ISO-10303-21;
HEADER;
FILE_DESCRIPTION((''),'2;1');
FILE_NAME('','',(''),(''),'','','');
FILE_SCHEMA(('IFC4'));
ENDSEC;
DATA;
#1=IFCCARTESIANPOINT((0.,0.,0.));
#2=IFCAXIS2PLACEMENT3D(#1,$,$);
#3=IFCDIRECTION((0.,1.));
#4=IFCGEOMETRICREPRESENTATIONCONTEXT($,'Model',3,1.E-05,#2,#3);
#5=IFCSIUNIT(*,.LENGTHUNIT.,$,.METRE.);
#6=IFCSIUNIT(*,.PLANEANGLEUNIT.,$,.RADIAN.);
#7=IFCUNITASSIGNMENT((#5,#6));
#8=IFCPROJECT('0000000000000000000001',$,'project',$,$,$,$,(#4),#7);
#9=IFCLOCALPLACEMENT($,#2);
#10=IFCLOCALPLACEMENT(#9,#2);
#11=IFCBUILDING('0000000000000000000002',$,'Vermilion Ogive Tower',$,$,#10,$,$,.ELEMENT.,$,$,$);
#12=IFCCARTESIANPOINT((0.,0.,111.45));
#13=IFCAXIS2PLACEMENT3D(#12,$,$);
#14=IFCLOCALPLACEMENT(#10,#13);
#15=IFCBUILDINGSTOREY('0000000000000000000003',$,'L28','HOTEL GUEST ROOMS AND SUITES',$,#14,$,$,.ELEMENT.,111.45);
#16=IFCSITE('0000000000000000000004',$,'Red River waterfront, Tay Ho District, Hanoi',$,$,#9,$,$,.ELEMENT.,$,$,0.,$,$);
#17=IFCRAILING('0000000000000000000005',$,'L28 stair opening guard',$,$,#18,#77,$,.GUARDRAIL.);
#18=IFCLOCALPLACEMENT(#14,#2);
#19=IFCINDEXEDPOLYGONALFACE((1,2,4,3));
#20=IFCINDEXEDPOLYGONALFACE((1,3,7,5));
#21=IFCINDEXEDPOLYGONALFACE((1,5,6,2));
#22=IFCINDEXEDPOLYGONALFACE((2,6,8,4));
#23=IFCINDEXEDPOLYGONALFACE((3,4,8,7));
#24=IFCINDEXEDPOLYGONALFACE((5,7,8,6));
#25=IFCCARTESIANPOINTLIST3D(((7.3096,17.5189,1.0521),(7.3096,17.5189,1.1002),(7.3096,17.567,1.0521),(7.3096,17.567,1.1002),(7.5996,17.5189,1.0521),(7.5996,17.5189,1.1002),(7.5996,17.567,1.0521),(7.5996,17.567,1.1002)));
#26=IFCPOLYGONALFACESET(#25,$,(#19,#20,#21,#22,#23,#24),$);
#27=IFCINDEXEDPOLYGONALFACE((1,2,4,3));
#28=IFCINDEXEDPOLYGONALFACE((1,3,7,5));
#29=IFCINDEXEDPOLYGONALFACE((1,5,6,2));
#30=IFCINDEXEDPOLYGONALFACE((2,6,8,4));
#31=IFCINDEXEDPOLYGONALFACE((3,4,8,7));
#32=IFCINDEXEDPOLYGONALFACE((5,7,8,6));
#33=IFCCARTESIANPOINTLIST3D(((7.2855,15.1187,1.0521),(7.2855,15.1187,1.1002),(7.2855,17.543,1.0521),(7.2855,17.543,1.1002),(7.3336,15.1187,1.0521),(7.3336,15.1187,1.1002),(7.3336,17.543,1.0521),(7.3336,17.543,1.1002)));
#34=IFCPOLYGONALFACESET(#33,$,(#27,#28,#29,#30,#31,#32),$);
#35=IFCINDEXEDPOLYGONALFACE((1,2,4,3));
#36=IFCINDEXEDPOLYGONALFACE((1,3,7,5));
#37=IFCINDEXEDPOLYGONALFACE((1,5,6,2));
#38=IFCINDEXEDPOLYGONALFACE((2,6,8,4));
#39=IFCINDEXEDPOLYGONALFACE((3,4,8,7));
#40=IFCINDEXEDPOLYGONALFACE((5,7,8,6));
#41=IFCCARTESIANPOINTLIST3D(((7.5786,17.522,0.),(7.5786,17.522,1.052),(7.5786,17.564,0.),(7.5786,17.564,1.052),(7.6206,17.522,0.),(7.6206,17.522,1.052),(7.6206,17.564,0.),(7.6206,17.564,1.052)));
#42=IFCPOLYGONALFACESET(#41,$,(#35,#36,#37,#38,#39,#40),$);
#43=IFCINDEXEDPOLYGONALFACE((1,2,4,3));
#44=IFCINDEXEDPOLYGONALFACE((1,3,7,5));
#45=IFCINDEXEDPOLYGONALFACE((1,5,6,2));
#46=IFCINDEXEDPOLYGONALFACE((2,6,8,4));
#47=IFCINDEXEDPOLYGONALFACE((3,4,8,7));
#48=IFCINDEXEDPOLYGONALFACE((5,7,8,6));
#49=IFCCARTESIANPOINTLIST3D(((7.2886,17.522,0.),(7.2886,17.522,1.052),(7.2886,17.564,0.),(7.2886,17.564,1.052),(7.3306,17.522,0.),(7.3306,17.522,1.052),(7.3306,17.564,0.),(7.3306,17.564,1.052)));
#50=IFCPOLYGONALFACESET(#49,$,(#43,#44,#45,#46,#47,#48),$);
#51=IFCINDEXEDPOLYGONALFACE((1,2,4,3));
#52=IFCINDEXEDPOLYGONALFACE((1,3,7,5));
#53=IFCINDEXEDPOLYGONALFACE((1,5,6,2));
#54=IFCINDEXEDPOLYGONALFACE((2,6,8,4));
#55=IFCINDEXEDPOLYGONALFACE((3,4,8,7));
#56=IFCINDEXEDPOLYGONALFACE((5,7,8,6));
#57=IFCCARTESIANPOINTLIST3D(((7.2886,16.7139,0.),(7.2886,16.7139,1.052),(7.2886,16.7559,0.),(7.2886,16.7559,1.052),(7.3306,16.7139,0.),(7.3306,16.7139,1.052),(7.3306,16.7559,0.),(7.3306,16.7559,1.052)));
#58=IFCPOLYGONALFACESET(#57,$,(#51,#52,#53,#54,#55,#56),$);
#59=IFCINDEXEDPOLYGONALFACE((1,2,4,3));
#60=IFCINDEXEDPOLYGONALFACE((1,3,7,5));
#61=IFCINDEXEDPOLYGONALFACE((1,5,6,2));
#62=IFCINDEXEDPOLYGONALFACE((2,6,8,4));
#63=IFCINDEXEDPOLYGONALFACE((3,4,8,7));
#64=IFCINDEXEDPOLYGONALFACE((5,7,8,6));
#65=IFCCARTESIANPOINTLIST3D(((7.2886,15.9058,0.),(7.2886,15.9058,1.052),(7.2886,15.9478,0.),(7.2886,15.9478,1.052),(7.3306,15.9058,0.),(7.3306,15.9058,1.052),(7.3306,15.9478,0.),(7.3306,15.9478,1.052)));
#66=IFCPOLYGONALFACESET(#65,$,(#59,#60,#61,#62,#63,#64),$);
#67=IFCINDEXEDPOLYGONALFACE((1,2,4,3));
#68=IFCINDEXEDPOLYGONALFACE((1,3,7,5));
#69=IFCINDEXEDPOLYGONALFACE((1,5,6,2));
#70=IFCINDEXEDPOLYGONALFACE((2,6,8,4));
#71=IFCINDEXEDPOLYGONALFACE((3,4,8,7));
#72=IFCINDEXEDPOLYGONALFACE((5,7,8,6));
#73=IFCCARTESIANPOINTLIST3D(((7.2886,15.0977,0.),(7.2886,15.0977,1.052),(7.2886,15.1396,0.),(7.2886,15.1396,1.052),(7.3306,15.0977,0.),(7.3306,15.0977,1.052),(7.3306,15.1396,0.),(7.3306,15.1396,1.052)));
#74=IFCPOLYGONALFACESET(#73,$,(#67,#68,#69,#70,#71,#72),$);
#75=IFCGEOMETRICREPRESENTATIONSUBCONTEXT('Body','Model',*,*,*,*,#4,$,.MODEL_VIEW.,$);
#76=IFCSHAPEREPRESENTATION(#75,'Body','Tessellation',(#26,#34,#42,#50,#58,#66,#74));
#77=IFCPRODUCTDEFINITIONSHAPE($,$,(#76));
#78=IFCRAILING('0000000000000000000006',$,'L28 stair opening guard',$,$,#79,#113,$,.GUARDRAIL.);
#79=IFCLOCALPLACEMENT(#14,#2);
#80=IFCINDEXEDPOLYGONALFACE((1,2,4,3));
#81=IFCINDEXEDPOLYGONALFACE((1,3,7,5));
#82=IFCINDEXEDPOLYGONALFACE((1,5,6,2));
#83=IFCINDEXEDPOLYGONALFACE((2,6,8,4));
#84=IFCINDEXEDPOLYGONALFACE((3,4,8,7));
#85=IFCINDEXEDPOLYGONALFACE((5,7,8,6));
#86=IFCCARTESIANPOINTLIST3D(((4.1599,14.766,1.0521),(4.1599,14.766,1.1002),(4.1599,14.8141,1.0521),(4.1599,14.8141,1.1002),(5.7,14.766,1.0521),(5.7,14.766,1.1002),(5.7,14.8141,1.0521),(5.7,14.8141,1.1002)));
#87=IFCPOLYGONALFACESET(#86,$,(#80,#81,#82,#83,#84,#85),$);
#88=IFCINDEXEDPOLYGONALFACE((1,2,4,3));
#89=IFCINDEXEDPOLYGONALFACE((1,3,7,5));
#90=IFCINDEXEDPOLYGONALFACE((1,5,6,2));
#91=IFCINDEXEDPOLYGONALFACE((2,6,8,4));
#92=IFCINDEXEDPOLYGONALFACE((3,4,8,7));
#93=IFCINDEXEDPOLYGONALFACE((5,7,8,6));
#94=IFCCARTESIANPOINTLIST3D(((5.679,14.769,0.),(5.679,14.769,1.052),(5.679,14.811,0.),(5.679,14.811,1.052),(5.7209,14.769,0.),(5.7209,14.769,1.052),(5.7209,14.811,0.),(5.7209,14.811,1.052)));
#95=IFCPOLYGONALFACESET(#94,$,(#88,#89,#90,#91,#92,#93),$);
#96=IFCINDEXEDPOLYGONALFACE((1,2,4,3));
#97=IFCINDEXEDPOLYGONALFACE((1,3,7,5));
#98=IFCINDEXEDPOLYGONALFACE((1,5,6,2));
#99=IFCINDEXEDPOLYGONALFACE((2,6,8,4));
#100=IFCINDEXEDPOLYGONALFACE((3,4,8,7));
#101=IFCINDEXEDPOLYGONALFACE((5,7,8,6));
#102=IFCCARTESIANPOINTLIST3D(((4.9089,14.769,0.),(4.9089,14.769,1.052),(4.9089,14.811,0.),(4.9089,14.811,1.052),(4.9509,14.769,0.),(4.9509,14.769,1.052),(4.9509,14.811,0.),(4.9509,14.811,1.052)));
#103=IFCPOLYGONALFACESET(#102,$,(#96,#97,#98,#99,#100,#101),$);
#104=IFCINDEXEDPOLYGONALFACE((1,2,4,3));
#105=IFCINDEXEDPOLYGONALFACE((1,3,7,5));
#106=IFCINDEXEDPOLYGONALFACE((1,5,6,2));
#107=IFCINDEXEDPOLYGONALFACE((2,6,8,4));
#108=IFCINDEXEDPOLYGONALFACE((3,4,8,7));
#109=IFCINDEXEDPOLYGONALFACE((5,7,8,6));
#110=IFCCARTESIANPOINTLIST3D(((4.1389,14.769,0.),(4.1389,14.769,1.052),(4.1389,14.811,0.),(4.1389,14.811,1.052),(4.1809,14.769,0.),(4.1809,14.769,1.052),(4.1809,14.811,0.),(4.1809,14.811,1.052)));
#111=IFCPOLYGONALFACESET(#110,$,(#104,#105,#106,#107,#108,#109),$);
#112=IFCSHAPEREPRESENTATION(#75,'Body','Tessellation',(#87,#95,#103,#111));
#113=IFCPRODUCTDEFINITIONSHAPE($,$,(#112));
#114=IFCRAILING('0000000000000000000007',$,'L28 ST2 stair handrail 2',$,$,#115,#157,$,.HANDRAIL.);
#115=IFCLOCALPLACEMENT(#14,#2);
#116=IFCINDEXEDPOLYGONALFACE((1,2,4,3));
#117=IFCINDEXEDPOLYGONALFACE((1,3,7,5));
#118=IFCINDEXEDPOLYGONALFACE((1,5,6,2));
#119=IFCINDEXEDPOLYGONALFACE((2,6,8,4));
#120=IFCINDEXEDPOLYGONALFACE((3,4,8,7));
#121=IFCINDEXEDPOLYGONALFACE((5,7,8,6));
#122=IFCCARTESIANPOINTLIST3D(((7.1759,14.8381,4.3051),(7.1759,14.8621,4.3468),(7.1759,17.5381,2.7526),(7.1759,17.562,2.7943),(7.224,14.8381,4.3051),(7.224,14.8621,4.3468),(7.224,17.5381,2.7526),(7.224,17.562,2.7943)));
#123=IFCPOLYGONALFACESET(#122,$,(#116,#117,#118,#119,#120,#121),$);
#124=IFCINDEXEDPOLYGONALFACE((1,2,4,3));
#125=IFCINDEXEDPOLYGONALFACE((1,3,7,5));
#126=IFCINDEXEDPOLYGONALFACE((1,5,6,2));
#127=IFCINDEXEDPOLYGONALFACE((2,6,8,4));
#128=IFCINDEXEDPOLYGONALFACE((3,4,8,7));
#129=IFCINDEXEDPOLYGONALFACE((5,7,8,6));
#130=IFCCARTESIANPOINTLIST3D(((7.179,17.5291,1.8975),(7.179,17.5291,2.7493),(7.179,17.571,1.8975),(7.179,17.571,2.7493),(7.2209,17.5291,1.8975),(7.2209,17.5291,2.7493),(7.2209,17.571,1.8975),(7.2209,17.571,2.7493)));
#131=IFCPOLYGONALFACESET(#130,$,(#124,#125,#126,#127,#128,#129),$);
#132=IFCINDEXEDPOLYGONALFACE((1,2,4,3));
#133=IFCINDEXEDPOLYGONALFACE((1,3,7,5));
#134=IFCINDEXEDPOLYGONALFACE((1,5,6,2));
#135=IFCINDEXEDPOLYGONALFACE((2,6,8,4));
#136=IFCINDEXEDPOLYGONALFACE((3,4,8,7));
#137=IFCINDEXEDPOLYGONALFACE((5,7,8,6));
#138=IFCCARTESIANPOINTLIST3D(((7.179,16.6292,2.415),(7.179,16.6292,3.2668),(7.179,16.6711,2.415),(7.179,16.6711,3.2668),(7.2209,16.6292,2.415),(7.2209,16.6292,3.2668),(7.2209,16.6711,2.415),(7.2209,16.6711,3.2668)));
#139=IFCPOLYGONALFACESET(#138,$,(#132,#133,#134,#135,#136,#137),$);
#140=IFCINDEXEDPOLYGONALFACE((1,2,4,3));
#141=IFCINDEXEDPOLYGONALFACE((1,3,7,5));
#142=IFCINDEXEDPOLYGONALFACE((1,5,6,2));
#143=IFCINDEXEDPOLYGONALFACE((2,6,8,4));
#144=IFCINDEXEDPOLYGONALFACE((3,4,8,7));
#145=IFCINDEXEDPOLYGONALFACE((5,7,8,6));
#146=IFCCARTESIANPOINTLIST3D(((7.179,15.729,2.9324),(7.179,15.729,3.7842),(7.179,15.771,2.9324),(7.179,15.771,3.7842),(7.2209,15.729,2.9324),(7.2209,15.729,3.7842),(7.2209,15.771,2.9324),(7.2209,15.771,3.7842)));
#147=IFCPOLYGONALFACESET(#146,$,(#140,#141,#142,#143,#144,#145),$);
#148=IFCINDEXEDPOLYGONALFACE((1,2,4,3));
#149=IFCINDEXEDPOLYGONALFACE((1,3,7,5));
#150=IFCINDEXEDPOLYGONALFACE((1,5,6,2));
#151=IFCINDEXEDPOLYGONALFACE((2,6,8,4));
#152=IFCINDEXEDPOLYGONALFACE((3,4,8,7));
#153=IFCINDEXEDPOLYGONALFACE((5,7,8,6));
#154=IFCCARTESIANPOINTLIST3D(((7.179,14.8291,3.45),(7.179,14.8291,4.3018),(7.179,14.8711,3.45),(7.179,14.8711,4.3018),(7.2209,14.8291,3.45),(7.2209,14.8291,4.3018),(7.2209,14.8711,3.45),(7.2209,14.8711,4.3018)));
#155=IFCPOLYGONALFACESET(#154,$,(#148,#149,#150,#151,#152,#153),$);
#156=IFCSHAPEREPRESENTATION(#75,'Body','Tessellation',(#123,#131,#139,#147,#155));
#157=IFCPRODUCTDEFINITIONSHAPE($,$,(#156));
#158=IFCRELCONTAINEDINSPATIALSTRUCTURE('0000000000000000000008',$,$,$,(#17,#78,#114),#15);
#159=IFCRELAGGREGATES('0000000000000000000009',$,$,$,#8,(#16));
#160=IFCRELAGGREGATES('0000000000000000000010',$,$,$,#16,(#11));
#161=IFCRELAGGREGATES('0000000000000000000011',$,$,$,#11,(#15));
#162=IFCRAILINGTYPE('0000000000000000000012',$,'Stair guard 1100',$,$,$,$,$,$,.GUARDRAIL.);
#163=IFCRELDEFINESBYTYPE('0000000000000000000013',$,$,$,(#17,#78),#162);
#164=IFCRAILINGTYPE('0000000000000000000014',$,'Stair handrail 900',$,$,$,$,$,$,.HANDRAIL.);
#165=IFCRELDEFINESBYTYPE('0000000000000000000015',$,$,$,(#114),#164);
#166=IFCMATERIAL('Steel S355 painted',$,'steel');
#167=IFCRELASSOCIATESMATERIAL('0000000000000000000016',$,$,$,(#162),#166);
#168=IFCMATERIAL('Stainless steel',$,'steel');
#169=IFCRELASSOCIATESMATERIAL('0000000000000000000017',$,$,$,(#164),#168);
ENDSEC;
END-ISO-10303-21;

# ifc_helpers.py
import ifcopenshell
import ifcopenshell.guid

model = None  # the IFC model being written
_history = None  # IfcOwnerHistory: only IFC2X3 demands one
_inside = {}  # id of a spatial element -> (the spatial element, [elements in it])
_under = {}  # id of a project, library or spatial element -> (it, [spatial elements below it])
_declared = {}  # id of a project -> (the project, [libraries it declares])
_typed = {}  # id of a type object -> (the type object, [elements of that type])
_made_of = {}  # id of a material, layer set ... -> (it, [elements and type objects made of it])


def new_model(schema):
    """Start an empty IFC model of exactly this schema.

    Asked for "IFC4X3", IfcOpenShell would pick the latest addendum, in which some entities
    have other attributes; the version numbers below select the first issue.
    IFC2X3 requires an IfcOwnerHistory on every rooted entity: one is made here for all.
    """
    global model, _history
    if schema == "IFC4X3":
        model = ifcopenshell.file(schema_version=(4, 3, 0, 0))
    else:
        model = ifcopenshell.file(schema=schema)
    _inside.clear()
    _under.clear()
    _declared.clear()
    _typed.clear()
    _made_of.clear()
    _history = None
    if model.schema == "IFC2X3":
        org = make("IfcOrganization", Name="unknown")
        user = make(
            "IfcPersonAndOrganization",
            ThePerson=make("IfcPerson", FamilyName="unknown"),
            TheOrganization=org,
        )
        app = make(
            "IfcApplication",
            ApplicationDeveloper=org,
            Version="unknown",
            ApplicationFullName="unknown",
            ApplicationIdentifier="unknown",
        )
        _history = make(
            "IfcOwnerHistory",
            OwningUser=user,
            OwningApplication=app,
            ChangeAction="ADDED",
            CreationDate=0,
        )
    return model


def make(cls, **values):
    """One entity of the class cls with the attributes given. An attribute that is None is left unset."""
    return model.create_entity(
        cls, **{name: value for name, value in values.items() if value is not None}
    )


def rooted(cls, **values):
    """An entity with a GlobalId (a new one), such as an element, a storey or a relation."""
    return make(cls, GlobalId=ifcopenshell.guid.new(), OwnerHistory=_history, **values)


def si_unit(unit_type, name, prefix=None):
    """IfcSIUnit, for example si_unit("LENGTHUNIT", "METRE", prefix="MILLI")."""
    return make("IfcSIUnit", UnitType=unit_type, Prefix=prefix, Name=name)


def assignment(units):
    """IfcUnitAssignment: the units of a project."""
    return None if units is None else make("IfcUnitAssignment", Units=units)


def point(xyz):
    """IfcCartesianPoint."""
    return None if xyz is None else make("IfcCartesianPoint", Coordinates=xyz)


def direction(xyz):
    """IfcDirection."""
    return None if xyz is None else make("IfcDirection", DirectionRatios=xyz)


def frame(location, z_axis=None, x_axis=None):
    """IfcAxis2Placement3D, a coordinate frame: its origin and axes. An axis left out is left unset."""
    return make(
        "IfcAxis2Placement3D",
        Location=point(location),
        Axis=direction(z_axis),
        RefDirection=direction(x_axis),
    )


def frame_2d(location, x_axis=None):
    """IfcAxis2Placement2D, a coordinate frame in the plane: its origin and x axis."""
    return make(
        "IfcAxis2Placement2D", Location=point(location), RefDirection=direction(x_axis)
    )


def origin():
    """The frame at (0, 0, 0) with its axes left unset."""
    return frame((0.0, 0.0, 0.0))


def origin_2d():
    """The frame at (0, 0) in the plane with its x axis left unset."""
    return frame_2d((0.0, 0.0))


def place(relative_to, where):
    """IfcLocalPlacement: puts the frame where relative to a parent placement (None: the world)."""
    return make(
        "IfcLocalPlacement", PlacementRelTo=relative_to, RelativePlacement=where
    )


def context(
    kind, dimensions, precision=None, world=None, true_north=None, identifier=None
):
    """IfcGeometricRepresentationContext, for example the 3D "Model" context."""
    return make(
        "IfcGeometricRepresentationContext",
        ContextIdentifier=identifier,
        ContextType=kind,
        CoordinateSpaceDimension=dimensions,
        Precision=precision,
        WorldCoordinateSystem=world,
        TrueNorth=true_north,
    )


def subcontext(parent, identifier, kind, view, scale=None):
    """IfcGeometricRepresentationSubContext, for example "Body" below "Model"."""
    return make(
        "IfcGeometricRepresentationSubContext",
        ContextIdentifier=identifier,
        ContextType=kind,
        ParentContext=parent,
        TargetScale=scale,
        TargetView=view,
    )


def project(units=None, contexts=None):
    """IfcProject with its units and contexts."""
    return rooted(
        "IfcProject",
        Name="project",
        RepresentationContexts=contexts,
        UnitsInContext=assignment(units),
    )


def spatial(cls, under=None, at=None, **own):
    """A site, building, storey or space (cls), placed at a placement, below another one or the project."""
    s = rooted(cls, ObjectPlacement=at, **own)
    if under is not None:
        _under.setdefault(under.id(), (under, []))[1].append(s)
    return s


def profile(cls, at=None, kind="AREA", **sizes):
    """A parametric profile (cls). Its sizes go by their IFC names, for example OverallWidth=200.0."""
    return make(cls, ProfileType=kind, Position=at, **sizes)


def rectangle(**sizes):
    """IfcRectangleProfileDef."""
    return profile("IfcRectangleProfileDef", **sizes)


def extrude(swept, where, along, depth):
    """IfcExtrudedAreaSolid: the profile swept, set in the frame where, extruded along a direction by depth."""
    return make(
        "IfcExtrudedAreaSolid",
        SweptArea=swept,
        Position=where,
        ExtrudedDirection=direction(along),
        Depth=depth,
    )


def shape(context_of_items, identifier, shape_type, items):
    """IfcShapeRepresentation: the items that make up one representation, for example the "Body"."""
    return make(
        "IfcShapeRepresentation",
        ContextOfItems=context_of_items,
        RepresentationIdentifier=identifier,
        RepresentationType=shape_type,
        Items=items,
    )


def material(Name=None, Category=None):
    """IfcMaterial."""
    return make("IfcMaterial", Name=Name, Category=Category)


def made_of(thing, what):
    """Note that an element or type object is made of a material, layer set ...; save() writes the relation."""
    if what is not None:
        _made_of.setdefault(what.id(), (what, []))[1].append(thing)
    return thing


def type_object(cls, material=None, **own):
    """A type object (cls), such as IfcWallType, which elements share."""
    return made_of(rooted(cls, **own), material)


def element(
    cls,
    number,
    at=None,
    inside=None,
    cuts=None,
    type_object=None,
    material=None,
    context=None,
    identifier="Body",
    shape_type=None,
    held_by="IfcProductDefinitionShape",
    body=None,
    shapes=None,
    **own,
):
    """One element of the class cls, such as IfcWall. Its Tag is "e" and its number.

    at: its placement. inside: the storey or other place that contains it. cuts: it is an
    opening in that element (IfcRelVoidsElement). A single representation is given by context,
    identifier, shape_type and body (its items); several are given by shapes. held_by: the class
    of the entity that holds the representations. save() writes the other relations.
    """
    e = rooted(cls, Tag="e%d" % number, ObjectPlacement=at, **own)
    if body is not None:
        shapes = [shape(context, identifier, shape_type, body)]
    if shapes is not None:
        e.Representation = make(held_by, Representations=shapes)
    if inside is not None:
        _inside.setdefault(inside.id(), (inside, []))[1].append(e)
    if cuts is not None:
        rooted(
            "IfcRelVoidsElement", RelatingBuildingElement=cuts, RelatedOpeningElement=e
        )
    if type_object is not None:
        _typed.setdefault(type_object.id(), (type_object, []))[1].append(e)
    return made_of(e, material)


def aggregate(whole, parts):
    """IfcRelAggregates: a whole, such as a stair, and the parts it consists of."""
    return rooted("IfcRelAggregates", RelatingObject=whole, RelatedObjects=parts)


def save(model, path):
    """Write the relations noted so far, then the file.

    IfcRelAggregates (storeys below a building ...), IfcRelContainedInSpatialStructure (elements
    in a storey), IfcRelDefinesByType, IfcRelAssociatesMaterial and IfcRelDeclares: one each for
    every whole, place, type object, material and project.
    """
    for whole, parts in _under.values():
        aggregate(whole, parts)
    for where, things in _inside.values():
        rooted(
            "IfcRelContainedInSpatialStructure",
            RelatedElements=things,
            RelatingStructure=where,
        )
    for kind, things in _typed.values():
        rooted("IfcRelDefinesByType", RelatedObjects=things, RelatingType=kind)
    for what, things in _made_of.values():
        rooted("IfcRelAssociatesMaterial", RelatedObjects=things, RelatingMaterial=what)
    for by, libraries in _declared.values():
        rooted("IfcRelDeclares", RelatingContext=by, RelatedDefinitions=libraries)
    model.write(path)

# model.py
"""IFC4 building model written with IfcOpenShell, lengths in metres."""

from ifc_helpers import new_model, si_unit, direction, frame, origin, origin_2d, place, context, subcontext, project, spatial, rectangle, extrude, material, type_object, element, save


model = new_model("IFC4")

# Units and contexts
model_context = context("Model", 3, precision=1e-05, world=origin(), true_north=direction((0.0, 1.0)))
body_context = subcontext(model_context, "Body", "Model", "MODEL_VIEW")
ifc_project = project(units=[si_unit("LENGTHUNIT", "METRE"), si_unit("PLANEANGLEUNIT", "RADIAN")], contexts=[model_context])

# Site, building, storey
site_placement = place(None, origin())
site = spatial("IfcSite", under=ifc_project, at=site_placement, Name="Red River waterfront, Tay Ho District, Hanoi", CompositionType="ELEMENT", RefElevation=0.0)
building_placement = place(site_placement, origin())
building = spatial("IfcBuilding", under=site, at=building_placement, Name="Vermilion Ogive Tower", CompositionType="ELEMENT")
storey_placement = place(building_placement, frame((0.0, 0.0, 111.45)))
storey = spatial("IfcBuildingStorey", under=building, at=storey_placement, Name="L28", Description="HOTEL GUEST ROOMS AND SUITES", CompositionType="ELEMENT", Elevation=111.45)

# Railings
ifc_material_1 = material(Name="Steel S355 painted", Category="steel")
railing_type_1 = type_object("IfcRailingType", Name="Stair guard 1100", PredefinedType="GUARDRAIL", material=ifc_material_1)
railing_1_placement = place(storey_placement, frame((7.5996, 17.543, 0.0)))
element("IfcRailing", 1, at=railing_1_placement, inside=storey, type_object=railing_type_1, Name="L28 stair opening guard", PredefinedType="GUARDRAIL", context=body_context, shape_type="SweptSolid", body=[
    extrude(rectangle(XDim=0.0481, YDim=0.0481, at=origin_2d()), frame((0.0, 0.0, 1.0762), z_axis=(-1.0, 0.0, 0.0), x_axis=(0.0, -1.0, 0.0)), (0.0, 0.0, 1.0), 0.29),
    extrude(rectangle(XDim=0.0481, YDim=0.0481, at=origin_2d()), frame((-0.29, 0.0, 1.0762), z_axis=(0.0, -1.0, 0.0), x_axis=(1.0, 0.0, 0.0)), (0.0, 0.0, 1.0), 2.4243),
    extrude(rectangle(XDim=0.042, YDim=0.042, at=origin_2d()), origin(), (0.0, 0.0, 1.0), 1.052),
    extrude(rectangle(XDim=0.042, YDim=0.042, at=origin_2d()), frame((-0.29, 0.0, 0.0)), (0.0, 0.0, 1.0), 1.052),
    extrude(rectangle(XDim=0.042, YDim=0.042, at=origin_2d()), frame((-0.29, -0.8081, 0.0)), (0.0, 0.0, 1.0), 1.052),
    extrude(rectangle(XDim=0.042, YDim=0.042, at=origin_2d()), frame((-0.29, -1.6162, 0.0)), (0.0, 0.0, 1.0), 1.052),
    extrude(rectangle(XDim=0.042, YDim=0.042, at=origin_2d()), frame((-0.29, -2.4243, 0.0)), (0.0, 0.0, 1.0), 1.052),
])
railing_2_placement = place(storey_placement, frame((5.7, 14.79, 0.0)))
element("IfcRailing", 2, at=railing_2_placement, inside=storey, type_object=railing_type_1, Name="L28 stair opening guard", PredefinedType="GUARDRAIL", context=body_context, shape_type="SweptSolid", body=[
    extrude(rectangle(XDim=0.0481, YDim=0.0481, at=origin_2d()), frame((0.0, 0.0, 1.0762), z_axis=(-1.0, 0.0, 0.0), x_axis=(0.0, -1.0, 0.0)), (0.0, 0.0, 1.0), 1.54),
    extrude(rectangle(XDim=0.042, YDim=0.042, at=origin_2d()), origin(), (0.0, 0.0, 1.0), 1.052),
    extrude(rectangle(XDim=0.042, YDim=0.042, at=origin_2d()), frame((-0.77, 0.0, 0.0)), (0.0, 0.0, 1.0), 1.052),
    extrude(rectangle(XDim=0.042, YDim=0.042, at=origin_2d()), frame((-1.54, 0.0, 0.0)), (0.0, 0.0, 1.0), 1.052),
])
ifc_material_2 = material(Name="Stainless steel", Category="steel")
railing_type_2 = type_object("IfcRailingType", Name="Stair handrail 900", PredefinedType="HANDRAIL", material=ifc_material_2)
railing_3_placement = place(storey_placement, frame((7.2, 17.55, 1.8975)))
element("IfcRailing", 3, at=railing_3_placement, inside=storey, type_object=railing_type_2, Name="L28 ST2 stair handrail 2", PredefinedType="HANDRAIL", context=body_context, shape_type="SweptSolid", body=[
    extrude(rectangle(XDim=0.0481, YDim=0.0481, at=origin_2d()), frame((0.0, 0.0, 0.876), z_axis=(0.0, -0.866904, 0.498476), x_axis=(1.0, 0.0, 0.0)), (0.0, 0.0, 1.0), 3.1145),
    extrude(rectangle(XDim=0.042, YDim=0.042, at=origin_2d()), origin(), (0.0, 0.0, 1.0), 0.8518),
    extrude(rectangle(XDim=0.042, YDim=0.042, at=origin_2d()), frame((0.0, -0.8999, 0.5176)), (0.0, 0.0, 1.0), 0.8518),
    extrude(rectangle(XDim=0.042, YDim=0.042, at=origin_2d()), frame((0.0, -1.8, 1.0349)), (0.0, 0.0, 1.0), 0.8518),
    extrude(rectangle(XDim=0.042, YDim=0.042, at=origin_2d()), frame((0.0, -2.7, 1.5525)), (0.0, 0.0, 1.0), 0.8518),
])

save(model, "model.ifc")
